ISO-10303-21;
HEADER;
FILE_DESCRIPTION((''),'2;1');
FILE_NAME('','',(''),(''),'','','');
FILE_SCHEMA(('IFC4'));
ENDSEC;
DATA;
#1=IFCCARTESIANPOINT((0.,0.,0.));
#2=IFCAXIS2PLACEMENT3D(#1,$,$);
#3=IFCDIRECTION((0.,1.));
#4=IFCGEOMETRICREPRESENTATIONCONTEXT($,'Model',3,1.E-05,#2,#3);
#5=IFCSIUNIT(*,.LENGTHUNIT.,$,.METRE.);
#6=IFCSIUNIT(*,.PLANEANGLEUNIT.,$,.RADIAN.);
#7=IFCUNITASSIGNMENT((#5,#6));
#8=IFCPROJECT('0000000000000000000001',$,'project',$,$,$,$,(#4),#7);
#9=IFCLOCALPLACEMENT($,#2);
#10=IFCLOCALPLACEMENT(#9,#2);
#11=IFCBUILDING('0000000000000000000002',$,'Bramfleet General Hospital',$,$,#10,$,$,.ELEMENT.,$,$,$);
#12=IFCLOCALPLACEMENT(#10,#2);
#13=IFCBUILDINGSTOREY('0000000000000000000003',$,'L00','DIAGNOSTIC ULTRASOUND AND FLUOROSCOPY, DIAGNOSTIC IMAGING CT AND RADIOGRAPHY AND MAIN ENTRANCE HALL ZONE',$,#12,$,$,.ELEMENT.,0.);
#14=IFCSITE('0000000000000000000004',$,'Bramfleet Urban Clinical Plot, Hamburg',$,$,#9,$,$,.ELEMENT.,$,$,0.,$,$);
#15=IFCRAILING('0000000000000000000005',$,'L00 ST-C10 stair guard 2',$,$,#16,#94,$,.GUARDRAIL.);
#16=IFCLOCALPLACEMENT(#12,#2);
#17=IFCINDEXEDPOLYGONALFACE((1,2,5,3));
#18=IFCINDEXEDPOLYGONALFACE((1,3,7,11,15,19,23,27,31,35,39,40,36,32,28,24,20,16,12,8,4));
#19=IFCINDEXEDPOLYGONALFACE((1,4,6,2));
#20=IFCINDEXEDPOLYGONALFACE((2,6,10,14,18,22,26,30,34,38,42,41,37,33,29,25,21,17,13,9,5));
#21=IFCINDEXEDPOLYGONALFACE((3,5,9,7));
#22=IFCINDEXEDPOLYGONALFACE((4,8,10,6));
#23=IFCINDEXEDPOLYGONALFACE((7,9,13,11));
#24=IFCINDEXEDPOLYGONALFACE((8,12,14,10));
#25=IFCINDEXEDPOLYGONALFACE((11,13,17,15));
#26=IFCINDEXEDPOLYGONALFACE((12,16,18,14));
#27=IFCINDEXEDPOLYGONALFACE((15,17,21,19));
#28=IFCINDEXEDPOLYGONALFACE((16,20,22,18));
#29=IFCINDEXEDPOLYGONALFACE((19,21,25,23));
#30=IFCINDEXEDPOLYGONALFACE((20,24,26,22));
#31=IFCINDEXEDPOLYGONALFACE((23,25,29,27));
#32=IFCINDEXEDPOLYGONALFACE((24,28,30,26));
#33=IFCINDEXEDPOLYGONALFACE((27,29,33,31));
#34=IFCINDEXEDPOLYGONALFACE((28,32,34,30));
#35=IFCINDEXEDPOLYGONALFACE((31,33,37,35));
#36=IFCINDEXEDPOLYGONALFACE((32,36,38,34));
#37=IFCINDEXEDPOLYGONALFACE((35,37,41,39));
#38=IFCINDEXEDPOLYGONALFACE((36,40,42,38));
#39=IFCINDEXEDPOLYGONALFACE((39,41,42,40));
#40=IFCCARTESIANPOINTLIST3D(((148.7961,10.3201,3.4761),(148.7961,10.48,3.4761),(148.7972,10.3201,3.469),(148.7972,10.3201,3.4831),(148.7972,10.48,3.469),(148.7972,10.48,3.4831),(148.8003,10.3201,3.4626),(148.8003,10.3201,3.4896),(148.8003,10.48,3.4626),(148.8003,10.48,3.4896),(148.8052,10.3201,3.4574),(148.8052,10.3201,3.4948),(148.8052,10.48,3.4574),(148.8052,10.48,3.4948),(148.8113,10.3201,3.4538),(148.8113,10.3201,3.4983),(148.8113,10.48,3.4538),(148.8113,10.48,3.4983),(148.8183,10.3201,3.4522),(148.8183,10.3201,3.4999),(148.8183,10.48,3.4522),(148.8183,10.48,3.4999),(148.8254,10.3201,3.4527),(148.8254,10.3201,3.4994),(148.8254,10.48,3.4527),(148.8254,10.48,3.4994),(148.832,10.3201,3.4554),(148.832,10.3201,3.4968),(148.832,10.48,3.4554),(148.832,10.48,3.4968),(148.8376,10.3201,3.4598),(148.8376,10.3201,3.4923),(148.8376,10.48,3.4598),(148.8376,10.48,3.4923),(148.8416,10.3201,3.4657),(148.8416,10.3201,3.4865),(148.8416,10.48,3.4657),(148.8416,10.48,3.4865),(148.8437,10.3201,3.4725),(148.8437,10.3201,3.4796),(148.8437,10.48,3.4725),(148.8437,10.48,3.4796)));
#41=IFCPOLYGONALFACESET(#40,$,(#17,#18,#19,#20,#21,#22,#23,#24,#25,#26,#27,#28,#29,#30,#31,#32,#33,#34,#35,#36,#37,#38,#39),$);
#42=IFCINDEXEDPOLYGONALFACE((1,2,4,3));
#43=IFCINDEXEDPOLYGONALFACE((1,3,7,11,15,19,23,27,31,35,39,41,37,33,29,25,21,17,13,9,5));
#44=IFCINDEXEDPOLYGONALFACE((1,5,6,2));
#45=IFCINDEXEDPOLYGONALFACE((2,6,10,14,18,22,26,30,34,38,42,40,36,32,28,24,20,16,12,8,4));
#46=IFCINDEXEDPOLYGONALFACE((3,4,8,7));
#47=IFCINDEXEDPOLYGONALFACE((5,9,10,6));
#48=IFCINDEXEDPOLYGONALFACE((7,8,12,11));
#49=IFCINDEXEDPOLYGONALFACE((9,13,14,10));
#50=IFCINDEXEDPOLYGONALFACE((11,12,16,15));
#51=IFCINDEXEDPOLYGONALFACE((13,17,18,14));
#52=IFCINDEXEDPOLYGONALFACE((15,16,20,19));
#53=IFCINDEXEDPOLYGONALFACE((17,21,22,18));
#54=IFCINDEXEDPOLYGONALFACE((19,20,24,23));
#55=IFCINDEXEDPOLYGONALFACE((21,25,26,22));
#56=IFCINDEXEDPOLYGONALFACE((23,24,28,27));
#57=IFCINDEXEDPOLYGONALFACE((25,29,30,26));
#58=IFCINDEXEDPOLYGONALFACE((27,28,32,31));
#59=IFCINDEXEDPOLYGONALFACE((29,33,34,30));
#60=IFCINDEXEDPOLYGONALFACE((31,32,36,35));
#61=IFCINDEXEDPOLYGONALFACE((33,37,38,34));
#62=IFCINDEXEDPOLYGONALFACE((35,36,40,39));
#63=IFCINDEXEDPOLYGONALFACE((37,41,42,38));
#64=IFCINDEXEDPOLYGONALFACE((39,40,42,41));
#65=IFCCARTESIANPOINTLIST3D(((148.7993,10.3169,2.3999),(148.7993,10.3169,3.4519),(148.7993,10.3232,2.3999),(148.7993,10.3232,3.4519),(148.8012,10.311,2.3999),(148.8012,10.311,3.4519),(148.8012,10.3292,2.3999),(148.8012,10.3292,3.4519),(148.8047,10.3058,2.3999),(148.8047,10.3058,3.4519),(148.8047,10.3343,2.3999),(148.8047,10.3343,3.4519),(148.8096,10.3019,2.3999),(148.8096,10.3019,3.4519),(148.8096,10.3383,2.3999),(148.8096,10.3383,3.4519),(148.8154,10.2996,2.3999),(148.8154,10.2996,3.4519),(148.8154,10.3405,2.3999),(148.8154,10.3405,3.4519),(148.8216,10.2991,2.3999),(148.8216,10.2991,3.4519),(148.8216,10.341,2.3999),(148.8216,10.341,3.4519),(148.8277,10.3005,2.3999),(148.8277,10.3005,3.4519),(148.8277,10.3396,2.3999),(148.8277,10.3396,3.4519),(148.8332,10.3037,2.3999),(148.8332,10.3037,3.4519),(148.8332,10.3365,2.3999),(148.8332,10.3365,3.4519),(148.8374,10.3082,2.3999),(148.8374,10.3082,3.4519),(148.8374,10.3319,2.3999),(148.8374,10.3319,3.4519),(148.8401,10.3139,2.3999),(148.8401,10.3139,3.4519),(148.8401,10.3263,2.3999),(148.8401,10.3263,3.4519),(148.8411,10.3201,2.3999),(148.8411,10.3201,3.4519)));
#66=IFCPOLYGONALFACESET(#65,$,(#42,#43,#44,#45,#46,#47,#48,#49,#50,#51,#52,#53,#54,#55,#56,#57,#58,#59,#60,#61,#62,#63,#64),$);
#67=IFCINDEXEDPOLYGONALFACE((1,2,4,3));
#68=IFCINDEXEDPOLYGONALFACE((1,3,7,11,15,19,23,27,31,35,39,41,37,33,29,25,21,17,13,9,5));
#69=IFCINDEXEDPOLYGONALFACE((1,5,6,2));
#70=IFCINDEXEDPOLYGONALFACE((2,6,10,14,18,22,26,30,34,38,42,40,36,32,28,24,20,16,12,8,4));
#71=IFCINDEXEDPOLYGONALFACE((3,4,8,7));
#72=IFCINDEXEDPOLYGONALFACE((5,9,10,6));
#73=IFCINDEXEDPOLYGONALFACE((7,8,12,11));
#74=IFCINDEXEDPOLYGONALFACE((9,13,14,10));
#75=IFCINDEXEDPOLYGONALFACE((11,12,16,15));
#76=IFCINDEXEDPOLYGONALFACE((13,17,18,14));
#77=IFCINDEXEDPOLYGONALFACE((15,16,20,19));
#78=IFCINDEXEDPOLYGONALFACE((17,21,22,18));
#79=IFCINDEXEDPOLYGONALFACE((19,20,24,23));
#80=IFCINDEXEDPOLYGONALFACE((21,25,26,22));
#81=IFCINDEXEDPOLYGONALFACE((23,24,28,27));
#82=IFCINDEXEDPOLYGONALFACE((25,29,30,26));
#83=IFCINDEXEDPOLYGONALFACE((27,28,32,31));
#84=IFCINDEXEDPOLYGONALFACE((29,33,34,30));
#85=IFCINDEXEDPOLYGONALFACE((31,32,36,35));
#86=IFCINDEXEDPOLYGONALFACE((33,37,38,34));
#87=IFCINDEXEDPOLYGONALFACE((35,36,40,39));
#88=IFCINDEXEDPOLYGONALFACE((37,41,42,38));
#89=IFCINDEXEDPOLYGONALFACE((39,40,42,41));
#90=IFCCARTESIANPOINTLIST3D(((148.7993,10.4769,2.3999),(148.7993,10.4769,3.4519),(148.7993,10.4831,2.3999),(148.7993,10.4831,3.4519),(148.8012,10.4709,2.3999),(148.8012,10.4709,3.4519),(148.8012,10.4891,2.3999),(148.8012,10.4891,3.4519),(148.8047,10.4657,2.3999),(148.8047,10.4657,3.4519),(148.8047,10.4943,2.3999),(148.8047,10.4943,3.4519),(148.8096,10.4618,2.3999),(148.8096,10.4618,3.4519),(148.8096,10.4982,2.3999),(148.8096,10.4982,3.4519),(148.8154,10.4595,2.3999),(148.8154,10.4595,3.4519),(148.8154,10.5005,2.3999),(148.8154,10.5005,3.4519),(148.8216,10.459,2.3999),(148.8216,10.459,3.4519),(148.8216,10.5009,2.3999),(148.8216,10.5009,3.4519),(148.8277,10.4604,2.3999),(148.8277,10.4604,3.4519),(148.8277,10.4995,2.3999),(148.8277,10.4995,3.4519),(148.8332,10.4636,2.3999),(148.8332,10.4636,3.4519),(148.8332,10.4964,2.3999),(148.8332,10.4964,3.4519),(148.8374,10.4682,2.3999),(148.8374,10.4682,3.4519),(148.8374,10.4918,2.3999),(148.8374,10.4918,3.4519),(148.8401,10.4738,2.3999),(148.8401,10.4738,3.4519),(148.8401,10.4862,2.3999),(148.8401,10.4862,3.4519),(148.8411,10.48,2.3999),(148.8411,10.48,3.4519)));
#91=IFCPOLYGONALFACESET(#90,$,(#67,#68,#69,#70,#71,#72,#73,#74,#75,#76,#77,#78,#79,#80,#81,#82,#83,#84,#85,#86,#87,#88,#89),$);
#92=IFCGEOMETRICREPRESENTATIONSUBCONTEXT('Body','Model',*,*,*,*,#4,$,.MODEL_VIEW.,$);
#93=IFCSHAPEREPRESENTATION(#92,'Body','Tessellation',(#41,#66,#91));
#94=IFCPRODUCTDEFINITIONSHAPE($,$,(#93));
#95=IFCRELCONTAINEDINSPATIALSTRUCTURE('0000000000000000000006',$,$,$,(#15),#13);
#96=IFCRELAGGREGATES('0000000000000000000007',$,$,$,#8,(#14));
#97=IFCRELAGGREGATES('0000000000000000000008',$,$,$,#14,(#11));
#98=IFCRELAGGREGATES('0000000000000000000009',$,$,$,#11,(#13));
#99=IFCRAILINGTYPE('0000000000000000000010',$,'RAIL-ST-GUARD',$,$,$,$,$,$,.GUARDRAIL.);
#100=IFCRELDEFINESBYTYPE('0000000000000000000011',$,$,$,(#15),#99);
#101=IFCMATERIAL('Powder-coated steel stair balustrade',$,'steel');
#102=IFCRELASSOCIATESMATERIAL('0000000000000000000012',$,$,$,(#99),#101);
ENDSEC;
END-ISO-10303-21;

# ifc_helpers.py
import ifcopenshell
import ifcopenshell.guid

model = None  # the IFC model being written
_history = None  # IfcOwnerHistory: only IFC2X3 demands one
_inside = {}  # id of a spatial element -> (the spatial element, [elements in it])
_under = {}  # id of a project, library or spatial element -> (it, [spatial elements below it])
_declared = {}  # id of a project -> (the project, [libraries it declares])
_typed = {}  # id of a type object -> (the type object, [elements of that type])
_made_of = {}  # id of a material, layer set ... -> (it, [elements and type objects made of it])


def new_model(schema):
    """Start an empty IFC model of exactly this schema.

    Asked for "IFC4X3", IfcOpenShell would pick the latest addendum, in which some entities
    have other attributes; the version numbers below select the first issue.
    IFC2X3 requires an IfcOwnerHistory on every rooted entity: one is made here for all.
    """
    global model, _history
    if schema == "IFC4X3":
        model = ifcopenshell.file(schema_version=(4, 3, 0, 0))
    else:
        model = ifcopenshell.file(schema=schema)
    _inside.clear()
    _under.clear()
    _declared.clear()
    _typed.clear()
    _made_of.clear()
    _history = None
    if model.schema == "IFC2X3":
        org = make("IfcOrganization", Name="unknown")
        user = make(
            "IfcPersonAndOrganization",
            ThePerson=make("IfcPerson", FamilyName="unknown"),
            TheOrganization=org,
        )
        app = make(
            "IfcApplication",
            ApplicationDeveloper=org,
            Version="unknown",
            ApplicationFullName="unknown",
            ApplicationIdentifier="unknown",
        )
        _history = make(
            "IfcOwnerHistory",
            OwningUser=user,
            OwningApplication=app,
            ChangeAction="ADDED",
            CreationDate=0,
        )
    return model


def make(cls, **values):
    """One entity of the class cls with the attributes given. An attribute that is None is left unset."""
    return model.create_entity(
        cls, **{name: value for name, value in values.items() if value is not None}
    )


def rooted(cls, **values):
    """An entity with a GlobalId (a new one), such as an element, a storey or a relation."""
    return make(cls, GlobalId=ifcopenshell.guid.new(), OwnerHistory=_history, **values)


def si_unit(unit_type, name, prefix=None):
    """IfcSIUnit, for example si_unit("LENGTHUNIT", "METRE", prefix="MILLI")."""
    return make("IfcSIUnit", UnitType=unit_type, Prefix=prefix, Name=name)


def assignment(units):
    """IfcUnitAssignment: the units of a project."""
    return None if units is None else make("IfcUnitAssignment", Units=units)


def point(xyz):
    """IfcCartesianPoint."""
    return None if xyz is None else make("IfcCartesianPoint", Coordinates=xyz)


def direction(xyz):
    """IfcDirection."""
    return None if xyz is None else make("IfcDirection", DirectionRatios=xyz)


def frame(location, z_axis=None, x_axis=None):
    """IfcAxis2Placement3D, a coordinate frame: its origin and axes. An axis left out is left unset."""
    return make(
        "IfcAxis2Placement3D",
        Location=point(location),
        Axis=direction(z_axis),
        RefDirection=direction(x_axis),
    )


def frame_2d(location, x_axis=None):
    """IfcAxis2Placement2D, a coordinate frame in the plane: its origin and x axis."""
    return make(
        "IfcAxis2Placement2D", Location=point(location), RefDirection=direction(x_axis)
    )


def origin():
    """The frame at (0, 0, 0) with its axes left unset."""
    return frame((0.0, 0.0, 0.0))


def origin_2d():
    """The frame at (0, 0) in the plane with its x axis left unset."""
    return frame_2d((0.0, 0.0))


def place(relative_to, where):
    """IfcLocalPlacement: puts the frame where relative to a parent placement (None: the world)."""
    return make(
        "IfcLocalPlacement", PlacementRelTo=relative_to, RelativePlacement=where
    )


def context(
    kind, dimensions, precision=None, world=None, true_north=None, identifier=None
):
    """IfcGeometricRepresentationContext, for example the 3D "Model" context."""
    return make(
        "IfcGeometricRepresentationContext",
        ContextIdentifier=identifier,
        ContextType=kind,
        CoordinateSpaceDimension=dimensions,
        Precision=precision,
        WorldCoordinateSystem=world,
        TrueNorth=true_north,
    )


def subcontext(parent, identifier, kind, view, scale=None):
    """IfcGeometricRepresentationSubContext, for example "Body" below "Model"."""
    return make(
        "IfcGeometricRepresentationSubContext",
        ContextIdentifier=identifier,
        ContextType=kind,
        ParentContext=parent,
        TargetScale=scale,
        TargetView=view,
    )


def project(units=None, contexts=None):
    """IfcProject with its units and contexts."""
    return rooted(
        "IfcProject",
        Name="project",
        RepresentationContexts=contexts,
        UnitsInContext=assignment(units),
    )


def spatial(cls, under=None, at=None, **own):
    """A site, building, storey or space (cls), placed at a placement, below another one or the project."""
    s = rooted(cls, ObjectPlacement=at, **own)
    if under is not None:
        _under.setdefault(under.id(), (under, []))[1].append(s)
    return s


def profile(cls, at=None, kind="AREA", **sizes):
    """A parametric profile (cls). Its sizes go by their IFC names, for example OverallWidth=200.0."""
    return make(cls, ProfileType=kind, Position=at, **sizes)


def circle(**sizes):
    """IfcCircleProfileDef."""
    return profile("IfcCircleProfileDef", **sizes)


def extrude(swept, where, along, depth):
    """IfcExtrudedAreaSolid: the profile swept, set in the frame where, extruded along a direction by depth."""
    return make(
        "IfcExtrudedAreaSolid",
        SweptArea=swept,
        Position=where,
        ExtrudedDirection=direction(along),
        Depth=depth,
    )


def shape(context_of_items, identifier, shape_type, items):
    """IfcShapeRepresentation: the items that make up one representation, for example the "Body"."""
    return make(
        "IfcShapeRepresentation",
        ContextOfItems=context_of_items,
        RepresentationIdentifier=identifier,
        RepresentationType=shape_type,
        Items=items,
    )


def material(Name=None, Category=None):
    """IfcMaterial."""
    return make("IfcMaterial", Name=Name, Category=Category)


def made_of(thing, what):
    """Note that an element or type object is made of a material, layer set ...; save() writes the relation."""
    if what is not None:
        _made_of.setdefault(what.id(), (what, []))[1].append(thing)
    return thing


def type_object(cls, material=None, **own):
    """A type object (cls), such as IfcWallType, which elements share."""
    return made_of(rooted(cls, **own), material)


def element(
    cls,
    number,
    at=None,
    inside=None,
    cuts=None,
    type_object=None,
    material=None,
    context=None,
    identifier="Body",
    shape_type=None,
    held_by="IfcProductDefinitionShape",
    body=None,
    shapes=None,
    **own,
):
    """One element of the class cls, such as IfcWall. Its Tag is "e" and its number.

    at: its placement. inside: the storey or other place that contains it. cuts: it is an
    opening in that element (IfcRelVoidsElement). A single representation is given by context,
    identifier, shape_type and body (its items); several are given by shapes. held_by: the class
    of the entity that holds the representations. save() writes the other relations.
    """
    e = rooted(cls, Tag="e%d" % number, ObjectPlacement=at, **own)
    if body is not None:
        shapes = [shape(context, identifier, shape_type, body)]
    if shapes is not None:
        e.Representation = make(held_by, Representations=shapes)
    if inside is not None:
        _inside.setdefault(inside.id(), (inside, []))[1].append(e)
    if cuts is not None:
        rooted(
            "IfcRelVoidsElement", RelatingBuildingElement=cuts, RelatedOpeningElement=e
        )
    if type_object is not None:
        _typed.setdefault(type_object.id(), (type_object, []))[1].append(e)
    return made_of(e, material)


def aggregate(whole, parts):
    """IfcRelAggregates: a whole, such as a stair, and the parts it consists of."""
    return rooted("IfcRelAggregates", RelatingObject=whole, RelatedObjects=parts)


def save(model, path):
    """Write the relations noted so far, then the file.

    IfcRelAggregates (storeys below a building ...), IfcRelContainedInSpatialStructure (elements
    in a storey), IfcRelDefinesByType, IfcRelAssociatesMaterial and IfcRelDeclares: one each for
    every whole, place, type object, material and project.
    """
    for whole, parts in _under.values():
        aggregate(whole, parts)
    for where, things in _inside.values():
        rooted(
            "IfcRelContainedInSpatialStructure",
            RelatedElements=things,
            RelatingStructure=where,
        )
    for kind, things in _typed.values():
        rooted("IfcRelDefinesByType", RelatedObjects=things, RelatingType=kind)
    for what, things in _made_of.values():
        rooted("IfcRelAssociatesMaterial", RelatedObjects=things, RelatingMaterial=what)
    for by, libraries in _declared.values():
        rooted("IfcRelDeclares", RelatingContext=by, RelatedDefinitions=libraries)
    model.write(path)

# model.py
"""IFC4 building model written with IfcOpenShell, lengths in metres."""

from ifc_helpers import new_model, si_unit, direction, frame, origin, origin_2d, place, context, subcontext, project, spatial, circle, extrude, material, type_object, element, save


model = new_model("IFC4")

# Units and contexts
model_context = context("Model", 3, precision=1e-05, world=origin(), true_north=direction((0.0, 1.0)))
body_context = subcontext(model_context, "Body", "Model", "MODEL_VIEW")
ifc_project = project(units=[si_unit("LENGTHUNIT", "METRE"), si_unit("PLANEANGLEUNIT", "RADIAN")], contexts=[model_context])

# Site, building, storey
site_placement = place(None, origin())
site = spatial("IfcSite", under=ifc_project, at=site_placement, Name="Bramfleet Urban Clinical Plot, Hamburg", CompositionType="ELEMENT", RefElevation=0.0)
building_placement = place(site_placement, origin())
building = spatial("IfcBuilding", under=site, at=building_placement, Name="Bramfleet General Hospital", CompositionType="ELEMENT")
storey_placement = place(building_placement, origin())
storey = spatial("IfcBuildingStorey", under=building, at=storey_placement, Name="L00", Description="DIAGNOSTIC ULTRASOUND AND FLUOROSCOPY, DIAGNOSTIC IMAGING CT AND RADIOGRAPHY AND MAIN ENTRANCE HALL ZONE", CompositionType="ELEMENT", Elevation=0.0)

# Railing
ifc_material_1 = material(Name="Powder-coated steel stair balustrade", Category="steel")
railing_type_1 = type_object("IfcRailingType", Name="RAIL-ST-GUARD", PredefinedType="GUARDRAIL", material=ifc_material_1)
railing_1_placement = place(storey_placement, frame((148.8201, 10.3201, 2.3999)))
element("IfcRailing", 1, at=railing_1_placement, inside=storey, type_object=railing_type_1, Name="L00 ST-C10 stair guard 2", PredefinedType="GUARDRAIL", context=body_context, shape_type="SweptSolid", body=[
    extrude(circle(Radius=0.0239, at=origin_2d()), frame((0.0, 0.0, 1.0762), z_axis=(0.0, 1.0, 0.0), x_axis=(-1.0, 0.0, 0.0)), (0.0, 0.0, 1.0), 0.1599),
    extrude(circle(Radius=0.021, at=origin_2d()), origin(), (0.0, 0.0, 1.0), 1.052),
    extrude(circle(Radius=0.021, at=origin_2d()), frame((0.0, 0.1599, 0.0)), (0.0, 0.0, 1.0), 1.052),
])

save(model, "model.ifc")
